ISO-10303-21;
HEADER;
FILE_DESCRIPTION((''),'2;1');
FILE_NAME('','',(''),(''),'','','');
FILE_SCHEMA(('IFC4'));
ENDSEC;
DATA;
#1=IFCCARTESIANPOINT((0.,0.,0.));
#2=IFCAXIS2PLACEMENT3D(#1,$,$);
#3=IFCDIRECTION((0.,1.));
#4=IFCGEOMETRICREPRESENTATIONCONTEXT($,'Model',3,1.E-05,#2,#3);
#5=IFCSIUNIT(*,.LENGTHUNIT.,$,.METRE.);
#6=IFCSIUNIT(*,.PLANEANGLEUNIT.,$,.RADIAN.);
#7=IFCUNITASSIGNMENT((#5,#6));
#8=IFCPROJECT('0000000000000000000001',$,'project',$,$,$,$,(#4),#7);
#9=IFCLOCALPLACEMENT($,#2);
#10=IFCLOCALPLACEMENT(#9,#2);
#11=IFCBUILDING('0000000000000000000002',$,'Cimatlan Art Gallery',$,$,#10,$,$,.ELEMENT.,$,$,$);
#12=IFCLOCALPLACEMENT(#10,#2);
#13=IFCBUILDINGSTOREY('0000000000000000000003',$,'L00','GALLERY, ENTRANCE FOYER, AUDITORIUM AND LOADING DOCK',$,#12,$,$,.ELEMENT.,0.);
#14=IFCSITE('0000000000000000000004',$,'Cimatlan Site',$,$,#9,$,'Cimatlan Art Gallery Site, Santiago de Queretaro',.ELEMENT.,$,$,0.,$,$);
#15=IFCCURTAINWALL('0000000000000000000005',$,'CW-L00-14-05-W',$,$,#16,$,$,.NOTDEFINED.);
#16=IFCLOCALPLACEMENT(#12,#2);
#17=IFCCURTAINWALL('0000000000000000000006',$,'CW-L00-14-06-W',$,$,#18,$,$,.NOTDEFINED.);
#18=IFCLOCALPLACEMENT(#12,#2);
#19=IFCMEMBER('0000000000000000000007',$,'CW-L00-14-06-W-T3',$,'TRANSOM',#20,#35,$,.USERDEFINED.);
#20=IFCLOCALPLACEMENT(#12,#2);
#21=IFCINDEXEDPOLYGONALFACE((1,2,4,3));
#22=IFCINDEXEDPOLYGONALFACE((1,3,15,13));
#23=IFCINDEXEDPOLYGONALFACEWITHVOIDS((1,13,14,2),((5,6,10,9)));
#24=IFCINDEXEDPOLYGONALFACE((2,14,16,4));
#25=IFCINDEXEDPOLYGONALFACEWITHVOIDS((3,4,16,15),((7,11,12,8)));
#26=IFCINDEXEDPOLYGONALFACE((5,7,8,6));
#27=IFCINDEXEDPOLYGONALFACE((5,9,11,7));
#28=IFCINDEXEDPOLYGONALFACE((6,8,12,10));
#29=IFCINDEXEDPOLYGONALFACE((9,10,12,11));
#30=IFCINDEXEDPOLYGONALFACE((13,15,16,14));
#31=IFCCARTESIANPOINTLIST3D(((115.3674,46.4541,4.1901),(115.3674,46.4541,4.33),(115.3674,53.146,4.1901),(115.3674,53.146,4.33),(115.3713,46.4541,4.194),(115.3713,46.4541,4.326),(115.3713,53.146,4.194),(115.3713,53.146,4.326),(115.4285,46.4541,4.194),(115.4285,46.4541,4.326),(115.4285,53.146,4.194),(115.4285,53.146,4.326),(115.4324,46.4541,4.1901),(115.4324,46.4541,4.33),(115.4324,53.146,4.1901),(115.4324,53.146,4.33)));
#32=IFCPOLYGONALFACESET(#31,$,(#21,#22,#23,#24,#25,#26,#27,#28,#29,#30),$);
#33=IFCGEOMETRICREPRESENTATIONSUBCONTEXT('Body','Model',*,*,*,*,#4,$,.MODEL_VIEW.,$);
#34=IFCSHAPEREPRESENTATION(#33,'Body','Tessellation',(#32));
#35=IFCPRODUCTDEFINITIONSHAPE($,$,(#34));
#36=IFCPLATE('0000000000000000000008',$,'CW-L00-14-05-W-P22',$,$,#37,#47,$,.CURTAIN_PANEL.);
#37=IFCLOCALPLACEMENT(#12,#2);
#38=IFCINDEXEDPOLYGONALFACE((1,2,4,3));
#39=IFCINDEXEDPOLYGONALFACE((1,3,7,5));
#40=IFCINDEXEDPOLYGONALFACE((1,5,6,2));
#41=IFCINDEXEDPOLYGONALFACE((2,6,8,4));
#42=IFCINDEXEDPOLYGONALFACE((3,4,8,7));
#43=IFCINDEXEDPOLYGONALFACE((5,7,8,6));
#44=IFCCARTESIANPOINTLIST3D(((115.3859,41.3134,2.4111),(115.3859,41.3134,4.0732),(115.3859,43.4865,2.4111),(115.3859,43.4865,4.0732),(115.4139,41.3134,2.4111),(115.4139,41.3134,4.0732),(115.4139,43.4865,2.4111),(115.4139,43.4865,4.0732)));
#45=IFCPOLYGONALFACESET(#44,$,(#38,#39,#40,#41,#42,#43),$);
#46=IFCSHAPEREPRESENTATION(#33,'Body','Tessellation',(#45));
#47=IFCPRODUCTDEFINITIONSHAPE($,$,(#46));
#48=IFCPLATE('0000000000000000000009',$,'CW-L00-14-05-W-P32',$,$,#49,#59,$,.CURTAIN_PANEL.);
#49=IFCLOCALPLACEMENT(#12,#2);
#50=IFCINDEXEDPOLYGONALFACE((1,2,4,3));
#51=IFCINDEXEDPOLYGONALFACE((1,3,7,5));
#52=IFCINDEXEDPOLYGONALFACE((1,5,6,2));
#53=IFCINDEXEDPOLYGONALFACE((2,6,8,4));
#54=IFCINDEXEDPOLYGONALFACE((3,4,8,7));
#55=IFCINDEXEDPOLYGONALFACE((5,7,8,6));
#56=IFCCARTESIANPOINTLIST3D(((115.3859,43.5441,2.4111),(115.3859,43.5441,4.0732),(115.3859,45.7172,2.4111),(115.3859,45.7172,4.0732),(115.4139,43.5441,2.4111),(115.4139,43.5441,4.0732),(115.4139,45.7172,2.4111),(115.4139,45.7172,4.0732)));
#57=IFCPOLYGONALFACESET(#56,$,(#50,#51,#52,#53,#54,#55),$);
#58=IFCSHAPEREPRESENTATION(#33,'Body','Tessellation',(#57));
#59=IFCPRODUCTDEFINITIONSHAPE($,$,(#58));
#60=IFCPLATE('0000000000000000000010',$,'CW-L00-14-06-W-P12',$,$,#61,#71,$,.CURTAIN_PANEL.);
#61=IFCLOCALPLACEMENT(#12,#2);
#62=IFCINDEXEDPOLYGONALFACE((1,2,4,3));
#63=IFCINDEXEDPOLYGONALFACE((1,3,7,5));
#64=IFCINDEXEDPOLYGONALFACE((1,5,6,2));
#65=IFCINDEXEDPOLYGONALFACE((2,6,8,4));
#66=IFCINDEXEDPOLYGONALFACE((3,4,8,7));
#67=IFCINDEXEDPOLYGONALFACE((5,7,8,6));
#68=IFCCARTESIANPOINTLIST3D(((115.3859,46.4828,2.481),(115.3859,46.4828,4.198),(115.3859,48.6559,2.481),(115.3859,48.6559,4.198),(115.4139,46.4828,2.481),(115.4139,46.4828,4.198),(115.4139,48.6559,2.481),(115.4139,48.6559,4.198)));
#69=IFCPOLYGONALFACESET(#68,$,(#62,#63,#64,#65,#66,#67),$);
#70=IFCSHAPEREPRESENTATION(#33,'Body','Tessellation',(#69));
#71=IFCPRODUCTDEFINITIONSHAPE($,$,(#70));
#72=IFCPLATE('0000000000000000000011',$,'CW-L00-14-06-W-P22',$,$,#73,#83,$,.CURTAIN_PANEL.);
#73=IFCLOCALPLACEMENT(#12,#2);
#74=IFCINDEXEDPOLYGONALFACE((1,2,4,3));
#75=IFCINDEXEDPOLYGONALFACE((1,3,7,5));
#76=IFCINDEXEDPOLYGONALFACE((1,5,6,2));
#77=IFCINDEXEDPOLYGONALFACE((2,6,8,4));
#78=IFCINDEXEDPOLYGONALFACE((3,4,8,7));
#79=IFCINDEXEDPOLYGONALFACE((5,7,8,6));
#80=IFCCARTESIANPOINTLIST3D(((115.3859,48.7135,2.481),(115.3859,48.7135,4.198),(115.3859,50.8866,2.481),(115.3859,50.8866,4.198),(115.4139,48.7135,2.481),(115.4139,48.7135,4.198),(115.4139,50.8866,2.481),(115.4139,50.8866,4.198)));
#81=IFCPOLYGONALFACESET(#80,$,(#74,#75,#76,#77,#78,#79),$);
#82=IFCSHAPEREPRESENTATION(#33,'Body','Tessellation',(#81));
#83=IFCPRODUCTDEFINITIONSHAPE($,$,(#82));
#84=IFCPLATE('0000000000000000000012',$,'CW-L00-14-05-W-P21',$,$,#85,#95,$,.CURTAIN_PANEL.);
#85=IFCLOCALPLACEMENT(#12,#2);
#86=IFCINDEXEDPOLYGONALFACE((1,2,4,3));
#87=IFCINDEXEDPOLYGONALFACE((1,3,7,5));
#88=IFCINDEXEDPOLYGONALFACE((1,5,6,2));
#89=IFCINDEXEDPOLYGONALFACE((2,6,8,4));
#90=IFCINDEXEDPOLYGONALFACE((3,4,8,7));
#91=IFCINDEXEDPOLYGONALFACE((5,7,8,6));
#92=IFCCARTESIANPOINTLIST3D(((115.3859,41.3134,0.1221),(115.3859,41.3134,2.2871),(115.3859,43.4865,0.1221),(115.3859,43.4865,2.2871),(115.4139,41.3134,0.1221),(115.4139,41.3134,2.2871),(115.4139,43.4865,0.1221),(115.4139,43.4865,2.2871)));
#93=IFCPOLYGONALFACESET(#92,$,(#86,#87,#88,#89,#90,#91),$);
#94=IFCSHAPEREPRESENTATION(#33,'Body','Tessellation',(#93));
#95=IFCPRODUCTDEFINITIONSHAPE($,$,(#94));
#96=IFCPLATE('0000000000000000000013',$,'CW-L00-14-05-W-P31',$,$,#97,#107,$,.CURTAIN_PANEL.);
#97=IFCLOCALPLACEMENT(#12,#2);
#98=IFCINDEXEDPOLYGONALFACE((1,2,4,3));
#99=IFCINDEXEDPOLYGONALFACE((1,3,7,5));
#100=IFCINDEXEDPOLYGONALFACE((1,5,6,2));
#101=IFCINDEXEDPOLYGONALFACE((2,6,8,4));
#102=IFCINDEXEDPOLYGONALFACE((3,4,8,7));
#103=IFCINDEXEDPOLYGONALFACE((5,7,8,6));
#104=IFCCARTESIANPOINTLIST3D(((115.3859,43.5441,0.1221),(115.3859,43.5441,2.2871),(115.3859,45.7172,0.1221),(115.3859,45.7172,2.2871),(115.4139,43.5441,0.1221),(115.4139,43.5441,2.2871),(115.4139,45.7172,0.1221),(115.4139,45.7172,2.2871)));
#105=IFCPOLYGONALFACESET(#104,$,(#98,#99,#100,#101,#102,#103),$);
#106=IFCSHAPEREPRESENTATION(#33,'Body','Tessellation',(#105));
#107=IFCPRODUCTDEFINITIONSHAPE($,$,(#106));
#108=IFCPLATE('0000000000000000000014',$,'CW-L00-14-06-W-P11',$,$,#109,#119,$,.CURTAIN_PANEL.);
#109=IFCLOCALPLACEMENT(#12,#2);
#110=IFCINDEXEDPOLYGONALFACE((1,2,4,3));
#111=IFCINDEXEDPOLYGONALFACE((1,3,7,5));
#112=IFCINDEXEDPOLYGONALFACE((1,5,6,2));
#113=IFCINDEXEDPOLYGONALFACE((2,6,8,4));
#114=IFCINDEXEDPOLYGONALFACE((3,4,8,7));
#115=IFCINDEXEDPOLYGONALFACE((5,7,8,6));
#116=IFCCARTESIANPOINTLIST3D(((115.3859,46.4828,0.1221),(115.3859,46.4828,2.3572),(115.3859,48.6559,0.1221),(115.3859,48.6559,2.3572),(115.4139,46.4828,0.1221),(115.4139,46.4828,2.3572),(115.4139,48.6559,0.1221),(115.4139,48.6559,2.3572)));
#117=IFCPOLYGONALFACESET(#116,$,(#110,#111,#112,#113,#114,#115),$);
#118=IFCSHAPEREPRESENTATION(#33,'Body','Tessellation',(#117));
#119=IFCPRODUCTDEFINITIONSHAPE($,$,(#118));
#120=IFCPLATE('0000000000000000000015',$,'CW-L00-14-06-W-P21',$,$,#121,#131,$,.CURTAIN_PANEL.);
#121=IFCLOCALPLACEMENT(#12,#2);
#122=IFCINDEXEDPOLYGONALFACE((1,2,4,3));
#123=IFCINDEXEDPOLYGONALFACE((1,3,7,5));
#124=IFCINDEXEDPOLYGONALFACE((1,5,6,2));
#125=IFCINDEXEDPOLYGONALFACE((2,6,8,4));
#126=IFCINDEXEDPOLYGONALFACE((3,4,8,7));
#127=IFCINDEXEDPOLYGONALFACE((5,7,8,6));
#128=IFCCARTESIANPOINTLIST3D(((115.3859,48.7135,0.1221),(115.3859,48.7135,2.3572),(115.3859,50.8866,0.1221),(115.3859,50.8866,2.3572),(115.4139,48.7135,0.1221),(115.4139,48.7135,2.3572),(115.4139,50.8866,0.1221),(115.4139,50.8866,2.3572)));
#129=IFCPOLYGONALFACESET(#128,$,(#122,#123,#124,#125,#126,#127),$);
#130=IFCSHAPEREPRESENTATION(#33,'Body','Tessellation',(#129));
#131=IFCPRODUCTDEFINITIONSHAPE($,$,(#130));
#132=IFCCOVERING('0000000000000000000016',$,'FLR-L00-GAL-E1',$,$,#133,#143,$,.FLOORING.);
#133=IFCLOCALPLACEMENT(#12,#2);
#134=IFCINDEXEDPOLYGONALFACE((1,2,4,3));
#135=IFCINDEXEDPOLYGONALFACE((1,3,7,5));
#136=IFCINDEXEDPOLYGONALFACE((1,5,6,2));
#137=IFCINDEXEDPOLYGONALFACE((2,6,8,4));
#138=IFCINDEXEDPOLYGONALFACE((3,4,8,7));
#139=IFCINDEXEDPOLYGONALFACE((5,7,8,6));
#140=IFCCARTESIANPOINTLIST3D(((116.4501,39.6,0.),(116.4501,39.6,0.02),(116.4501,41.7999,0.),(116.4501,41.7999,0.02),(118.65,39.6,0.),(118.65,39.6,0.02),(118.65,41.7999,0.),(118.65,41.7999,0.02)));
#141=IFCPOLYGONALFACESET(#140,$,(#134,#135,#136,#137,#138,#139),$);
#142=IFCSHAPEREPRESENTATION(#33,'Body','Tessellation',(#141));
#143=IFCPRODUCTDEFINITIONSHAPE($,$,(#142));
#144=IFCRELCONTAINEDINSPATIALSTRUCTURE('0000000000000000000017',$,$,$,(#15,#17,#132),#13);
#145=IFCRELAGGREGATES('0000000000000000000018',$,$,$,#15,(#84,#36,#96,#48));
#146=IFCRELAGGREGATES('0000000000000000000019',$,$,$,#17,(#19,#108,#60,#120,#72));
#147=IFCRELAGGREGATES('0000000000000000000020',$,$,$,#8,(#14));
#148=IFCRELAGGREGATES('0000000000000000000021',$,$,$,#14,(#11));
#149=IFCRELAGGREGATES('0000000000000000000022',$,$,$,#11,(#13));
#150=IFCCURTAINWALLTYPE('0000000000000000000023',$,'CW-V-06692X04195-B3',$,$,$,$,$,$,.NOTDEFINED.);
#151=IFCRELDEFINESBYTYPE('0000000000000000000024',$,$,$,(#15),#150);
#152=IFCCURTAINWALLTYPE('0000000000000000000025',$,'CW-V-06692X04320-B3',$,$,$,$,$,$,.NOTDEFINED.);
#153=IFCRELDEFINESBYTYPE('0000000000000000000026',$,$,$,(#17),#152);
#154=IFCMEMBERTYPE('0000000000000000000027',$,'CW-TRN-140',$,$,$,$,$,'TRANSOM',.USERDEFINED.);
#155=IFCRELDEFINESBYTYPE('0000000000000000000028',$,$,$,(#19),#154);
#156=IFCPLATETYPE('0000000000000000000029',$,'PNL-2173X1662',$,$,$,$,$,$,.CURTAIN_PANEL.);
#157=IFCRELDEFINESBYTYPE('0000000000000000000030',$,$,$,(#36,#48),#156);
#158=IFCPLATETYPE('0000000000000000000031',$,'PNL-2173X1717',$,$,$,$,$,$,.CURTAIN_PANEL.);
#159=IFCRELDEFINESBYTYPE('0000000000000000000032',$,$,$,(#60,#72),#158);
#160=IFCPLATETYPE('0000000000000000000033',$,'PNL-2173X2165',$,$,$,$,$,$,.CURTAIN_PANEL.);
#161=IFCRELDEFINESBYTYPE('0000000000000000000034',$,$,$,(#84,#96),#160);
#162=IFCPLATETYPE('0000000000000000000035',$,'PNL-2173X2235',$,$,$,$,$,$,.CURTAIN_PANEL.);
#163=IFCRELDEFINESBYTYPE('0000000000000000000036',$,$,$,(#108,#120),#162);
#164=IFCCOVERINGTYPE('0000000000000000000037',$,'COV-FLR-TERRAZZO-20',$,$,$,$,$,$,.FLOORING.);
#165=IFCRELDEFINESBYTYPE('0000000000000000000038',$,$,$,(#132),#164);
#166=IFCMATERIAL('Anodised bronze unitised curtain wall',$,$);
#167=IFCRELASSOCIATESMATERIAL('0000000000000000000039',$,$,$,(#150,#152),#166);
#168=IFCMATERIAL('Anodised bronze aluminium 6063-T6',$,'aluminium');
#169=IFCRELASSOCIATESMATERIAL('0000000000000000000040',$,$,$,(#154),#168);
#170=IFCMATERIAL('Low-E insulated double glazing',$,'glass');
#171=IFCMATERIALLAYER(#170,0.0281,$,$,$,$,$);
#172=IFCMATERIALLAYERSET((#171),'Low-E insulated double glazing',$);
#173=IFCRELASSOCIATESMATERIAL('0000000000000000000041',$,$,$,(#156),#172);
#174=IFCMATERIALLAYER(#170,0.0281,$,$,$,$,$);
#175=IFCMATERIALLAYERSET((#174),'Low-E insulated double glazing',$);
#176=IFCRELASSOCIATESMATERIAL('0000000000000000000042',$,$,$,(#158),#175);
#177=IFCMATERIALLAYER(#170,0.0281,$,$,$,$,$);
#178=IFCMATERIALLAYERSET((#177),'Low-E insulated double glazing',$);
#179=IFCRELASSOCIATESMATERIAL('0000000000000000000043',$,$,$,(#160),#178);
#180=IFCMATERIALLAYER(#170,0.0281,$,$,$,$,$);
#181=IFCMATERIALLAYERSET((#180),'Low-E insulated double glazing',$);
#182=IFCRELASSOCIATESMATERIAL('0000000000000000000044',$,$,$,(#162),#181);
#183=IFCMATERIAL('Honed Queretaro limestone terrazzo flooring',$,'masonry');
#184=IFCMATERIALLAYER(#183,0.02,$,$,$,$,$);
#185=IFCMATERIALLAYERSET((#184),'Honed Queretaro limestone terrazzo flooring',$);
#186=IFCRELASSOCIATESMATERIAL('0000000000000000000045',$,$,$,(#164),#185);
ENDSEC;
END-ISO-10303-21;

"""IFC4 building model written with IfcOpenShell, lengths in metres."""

from ifc_helpers import new_model, si_unit, direction, frame, origin, origin_2d, place, context, subcontext, project, spatial, rectangle, hollow_rectangle, extrude, material, layer, layer_set, material_profile, profile_set, type_object, element, aggregate, save


model = new_model("IFC4")

# Units and contexts
model_context = context("Model", 3, precision=1e-05, world=origin(), true_north=direction((0.0, 1.0)))
body_context = subcontext(model_context, "Body", "Model", "MODEL_VIEW")
ifc_project = project(units=[si_unit("LENGTHUNIT", "METRE"), si_unit("PLANEANGLEUNIT", "RADIAN")], contexts=[model_context])

# Site, building, storey
site_placement = place(None, origin())
site = spatial("IfcSite", under=ifc_project, at=site_placement, Name="Cimatlan Site", LongName="Cimatlan Art Gallery Site, Santiago de Queretaro", CompositionType="ELEMENT", RefElevation=0.0)
building_placement = place(site_placement, origin())
building = spatial("IfcBuilding", under=site, at=building_placement, Name="Cimatlan Art Gallery", CompositionType="ELEMENT")
storey_placement = place(building_placement, origin())
storey = spatial("IfcBuildingStorey", under=building, at=storey_placement, Name="L00", Description="GALLERY, ENTRANCE FOYER, AUDITORIUM AND LOADING DOCK", CompositionType="ELEMENT", Elevation=0.0)

# Curtain walls, member
ifc_material_1 = material(Name="Anodised bronze unitised curtain wall")
curtain_wall_type_1 = type_object("IfcCurtainWallType", Name="CW-V-06692X04195-B3", PredefinedType="NOTDEFINED", material=ifc_material_1)
curtain_wall_1_placement = place(storey_placement, origin())
curtain_wall_1 = element("IfcCurtainWall", 1, at=curtain_wall_1_placement, inside=storey, type_object=curtain_wall_type_1, Name="CW-L00-14-05-W", PredefinedType="NOTDEFINED")
ifc_material_2 = material(Name="Anodised bronze aluminium 6063-T6", Category="aluminium")
curtain_wall_type_2 = type_object("IfcCurtainWallType", Name="CW-V-06692X04320-B3", PredefinedType="NOTDEFINED", material=ifc_material_1)
curtain_wall_2_placement = place(storey_placement, origin())
curtain_wall_2 = element("IfcCurtainWall", 2, at=curtain_wall_2_placement, inside=storey, type_object=curtain_wall_type_2, Name="CW-L00-14-06-W", PredefinedType="NOTDEFINED")
ifc_material_profile_1 = material_profile(ifc_material_2, hollow_rectangle(XDim=0.0649, YDim=0.1399, WallThickness=0.0039, at=origin_2d()), Name="ALU65X140X4")
ifc_profile_set_1 = profile_set([ifc_material_profile_1], Name="Anodised bronze aluminium 6063-T6")
member_type_1 = type_object("IfcMemberType", Name="CW-TRN-140", ElementType="TRANSOM", PredefinedType="USERDEFINED", material=ifc_profile_set_1)
member_1_placement = place(storey_placement, frame((115.3999, 46.4541, 4.26), z_axis=(0.0, 1.0, 0.0), x_axis=(-1.0, 0.0, 0.0)))
member_1 = element("IfcMember", 3, at=member_1_placement, type_object=member_type_1, Name="CW-L00-14-06-W-T3", ObjectType="TRANSOM", PredefinedType="USERDEFINED", context=body_context, shape_type="SweptSolid", body=[
    extrude(hollow_rectangle(XDim=0.0649, YDim=0.1399, WallThickness=0.0039, at=origin_2d()), origin(), (0.0, 0.0, 1.0), 6.6919),
])

# Plates
ifc_material_3 = material(Name="Low-E insulated double glazing", Category="glass")
ifc_layer_1 = layer(ifc_material_3, 0.0281)
ifc_layer_set_1 = layer_set([ifc_layer_1], Name="Low-E insulated double glazing")
plate_type_1 = type_object("IfcPlateType", Name="PNL-2173X1662", PredefinedType="CURTAIN_PANEL", material=ifc_layer_set_1)
plate_1_placement = place(storey_placement, frame((115.3999, 42.3999, 2.4111), z_axis=(0.0, 0.0, 1.0), x_axis=(0.0, 1.0, 0.0)))
plate_1 = element("IfcPlate", 4, at=plate_1_placement, type_object=plate_type_1, Name="CW-L00-14-05-W-P22", PredefinedType="CURTAIN_PANEL", context=body_context, shape_type="SweptSolid", body=[
    extrude(rectangle(XDim=2.1731, YDim=0.0281, at=origin_2d()), origin(), (0.0, 0.0, 1.0), 1.6621),
])
plate_2_placement = place(storey_placement, frame((115.3999, 44.6306, 2.4111), z_axis=(0.0, 0.0, 1.0), x_axis=(0.0, 1.0, 0.0)))
plate_2 = element("IfcPlate", 5, at=plate_2_placement, type_object=plate_type_1, Name="CW-L00-14-05-W-P32", PredefinedType="CURTAIN_PANEL", context=body_context, shape_type="SweptSolid", body=[
    extrude(rectangle(XDim=2.1731, YDim=0.0281, at=origin_2d()), origin(), (0.0, 0.0, 1.0), 1.6621),
])
ifc_layer_2 = layer(ifc_material_3, 0.0281)
ifc_layer_set_2 = layer_set([ifc_layer_2], Name="Low-E insulated double glazing")
plate_type_2 = type_object("IfcPlateType", Name="PNL-2173X1717", PredefinedType="CURTAIN_PANEL", material=ifc_layer_set_2)
plate_3_placement = place(storey_placement, frame((115.3999, 47.5693, 2.481), z_axis=(0.0, 0.0, 1.0), x_axis=(0.0, 1.0, 0.0)))
plate_3 = element("IfcPlate", 6, at=plate_3_placement, type_object=plate_type_2, Name="CW-L00-14-06-W-P12", PredefinedType="CURTAIN_PANEL", context=body_context, shape_type="SweptSolid", body=[
    extrude(rectangle(XDim=2.1731, YDim=0.0281, at=origin_2d()), origin(), (0.0, 0.0, 1.0), 1.717),
])
plate_4_placement = place(storey_placement, frame((115.3999, 49.8, 2.481), z_axis=(0.0, 0.0, 1.0), x_axis=(0.0, 1.0, 0.0)))
plate_4 = element("IfcPlate", 7, at=plate_4_placement, type_object=plate_type_2, Name="CW-L00-14-06-W-P22", PredefinedType="CURTAIN_PANEL", context=body_context, shape_type="SweptSolid", body=[
    extrude(rectangle(XDim=2.1731, YDim=0.0281, at=origin_2d()), origin(), (0.0, 0.0, 1.0), 1.717),
])
ifc_layer_3 = layer(ifc_material_3, 0.0281)
ifc_layer_set_3 = layer_set([ifc_layer_3], Name="Low-E insulated double glazing")
plate_type_3 = type_object("IfcPlateType", Name="PNL-2173X2165", PredefinedType="CURTAIN_PANEL", material=ifc_layer_set_3)
plate_5_placement = place(storey_placement, frame((115.3999, 42.3999, 0.1221), z_axis=(0.0, 0.0, 1.0), x_axis=(0.0, 1.0, 0.0)))
plate_5 = element("IfcPlate", 8, at=plate_5_placement, type_object=plate_type_3, Name="CW-L00-14-05-W-P21", PredefinedType="CURTAIN_PANEL", context=body_context, shape_type="SweptSolid", body=[
    extrude(rectangle(XDim=2.1731, YDim=0.0281, at=origin_2d()), origin(), (0.0, 0.0, 1.0), 2.165),
])
plate_6_placement = place(storey_placement, frame((115.3999, 44.6306, 0.1221), z_axis=(0.0, 0.0, 1.0), x_axis=(0.0, 1.0, 0.0)))
plate_6 = element("IfcPlate", 9, at=plate_6_placement, type_object=plate_type_3, Name="CW-L00-14-05-W-P31", PredefinedType="CURTAIN_PANEL", context=body_context, shape_type="SweptSolid", body=[
    extrude(rectangle(XDim=2.1731, YDim=0.0281, at=origin_2d()), origin(), (0.0, 0.0, 1.0), 2.165),
])
aggregate(curtain_wall_1, [plate_5, plate_1, plate_6, plate_2])
ifc_layer_4 = layer(ifc_material_3, 0.0281)
ifc_layer_set_4 = layer_set([ifc_layer_4], Name="Low-E insulated double glazing")
plate_type_4 = type_object("IfcPlateType", Name="PNL-2173X2235", PredefinedType="CURTAIN_PANEL", material=ifc_layer_set_4)
plate_7_placement = place(storey_placement, frame((115.3999, 47.5693, 0.1221), z_axis=(0.0, 0.0, 1.0), x_axis=(0.0, 1.0, 0.0)))
plate_7 = element("IfcPlate", 10, at=plate_7_placement, type_object=plate_type_4, Name="CW-L00-14-06-W-P11", PredefinedType="CURTAIN_PANEL", context=body_context, shape_type="SweptSolid", body=[
    extrude(rectangle(XDim=2.1731, YDim=0.0281, at=origin_2d()), origin(), (0.0, 0.0, 1.0), 2.2351),
])
plate_8_placement = place(storey_placement, frame((115.3999, 49.8, 0.1221), z_axis=(0.0, 0.0, 1.0), x_axis=(0.0, 1.0, 0.0)))
plate_8 = element("IfcPlate", 11, at=plate_8_placement, type_object=plate_type_4, Name="CW-L00-14-06-W-P21", PredefinedType="CURTAIN_PANEL", context=body_context, shape_type="SweptSolid", body=[
    extrude(rectangle(XDim=2.1731, YDim=0.0281, at=origin_2d()), origin(), (0.0, 0.0, 1.0), 2.2351),
])
aggregate(curtain_wall_2, [member_1, plate_7, plate_3, plate_8, plate_4])

# Covering
ifc_material_4 = material(Name="Honed Queretaro limestone terrazzo flooring", Category="masonry")
ifc_layer_5 = layer(ifc_material_4, 0.02)
ifc_layer_set_5 = layer_set([ifc_layer_5], Name="Honed Queretaro limestone terrazzo flooring")
covering_type = type_object("IfcCoveringType", Name="COV-FLR-TERRAZZO-20", PredefinedType="FLOORING", material=ifc_layer_set_5)
covering_placement = place(storey_placement, frame((117.55, 40.7, 0.0), z_axis=(0.0, 0.0, 1.0), x_axis=(1.0, 0.0, 0.0)))
element("IfcCovering", 12, at=covering_placement, inside=storey, type_object=covering_type, Name="FLR-L00-GAL-E1", PredefinedType="FLOORING", context=body_context, shape_type="SweptSolid", body=[
    extrude(rectangle(XDim=2.2, YDim=2.2, at=origin_2d()), origin(), (0.0, 0.0, 1.0), 0.02),
])

save(model, "model.ifc")
